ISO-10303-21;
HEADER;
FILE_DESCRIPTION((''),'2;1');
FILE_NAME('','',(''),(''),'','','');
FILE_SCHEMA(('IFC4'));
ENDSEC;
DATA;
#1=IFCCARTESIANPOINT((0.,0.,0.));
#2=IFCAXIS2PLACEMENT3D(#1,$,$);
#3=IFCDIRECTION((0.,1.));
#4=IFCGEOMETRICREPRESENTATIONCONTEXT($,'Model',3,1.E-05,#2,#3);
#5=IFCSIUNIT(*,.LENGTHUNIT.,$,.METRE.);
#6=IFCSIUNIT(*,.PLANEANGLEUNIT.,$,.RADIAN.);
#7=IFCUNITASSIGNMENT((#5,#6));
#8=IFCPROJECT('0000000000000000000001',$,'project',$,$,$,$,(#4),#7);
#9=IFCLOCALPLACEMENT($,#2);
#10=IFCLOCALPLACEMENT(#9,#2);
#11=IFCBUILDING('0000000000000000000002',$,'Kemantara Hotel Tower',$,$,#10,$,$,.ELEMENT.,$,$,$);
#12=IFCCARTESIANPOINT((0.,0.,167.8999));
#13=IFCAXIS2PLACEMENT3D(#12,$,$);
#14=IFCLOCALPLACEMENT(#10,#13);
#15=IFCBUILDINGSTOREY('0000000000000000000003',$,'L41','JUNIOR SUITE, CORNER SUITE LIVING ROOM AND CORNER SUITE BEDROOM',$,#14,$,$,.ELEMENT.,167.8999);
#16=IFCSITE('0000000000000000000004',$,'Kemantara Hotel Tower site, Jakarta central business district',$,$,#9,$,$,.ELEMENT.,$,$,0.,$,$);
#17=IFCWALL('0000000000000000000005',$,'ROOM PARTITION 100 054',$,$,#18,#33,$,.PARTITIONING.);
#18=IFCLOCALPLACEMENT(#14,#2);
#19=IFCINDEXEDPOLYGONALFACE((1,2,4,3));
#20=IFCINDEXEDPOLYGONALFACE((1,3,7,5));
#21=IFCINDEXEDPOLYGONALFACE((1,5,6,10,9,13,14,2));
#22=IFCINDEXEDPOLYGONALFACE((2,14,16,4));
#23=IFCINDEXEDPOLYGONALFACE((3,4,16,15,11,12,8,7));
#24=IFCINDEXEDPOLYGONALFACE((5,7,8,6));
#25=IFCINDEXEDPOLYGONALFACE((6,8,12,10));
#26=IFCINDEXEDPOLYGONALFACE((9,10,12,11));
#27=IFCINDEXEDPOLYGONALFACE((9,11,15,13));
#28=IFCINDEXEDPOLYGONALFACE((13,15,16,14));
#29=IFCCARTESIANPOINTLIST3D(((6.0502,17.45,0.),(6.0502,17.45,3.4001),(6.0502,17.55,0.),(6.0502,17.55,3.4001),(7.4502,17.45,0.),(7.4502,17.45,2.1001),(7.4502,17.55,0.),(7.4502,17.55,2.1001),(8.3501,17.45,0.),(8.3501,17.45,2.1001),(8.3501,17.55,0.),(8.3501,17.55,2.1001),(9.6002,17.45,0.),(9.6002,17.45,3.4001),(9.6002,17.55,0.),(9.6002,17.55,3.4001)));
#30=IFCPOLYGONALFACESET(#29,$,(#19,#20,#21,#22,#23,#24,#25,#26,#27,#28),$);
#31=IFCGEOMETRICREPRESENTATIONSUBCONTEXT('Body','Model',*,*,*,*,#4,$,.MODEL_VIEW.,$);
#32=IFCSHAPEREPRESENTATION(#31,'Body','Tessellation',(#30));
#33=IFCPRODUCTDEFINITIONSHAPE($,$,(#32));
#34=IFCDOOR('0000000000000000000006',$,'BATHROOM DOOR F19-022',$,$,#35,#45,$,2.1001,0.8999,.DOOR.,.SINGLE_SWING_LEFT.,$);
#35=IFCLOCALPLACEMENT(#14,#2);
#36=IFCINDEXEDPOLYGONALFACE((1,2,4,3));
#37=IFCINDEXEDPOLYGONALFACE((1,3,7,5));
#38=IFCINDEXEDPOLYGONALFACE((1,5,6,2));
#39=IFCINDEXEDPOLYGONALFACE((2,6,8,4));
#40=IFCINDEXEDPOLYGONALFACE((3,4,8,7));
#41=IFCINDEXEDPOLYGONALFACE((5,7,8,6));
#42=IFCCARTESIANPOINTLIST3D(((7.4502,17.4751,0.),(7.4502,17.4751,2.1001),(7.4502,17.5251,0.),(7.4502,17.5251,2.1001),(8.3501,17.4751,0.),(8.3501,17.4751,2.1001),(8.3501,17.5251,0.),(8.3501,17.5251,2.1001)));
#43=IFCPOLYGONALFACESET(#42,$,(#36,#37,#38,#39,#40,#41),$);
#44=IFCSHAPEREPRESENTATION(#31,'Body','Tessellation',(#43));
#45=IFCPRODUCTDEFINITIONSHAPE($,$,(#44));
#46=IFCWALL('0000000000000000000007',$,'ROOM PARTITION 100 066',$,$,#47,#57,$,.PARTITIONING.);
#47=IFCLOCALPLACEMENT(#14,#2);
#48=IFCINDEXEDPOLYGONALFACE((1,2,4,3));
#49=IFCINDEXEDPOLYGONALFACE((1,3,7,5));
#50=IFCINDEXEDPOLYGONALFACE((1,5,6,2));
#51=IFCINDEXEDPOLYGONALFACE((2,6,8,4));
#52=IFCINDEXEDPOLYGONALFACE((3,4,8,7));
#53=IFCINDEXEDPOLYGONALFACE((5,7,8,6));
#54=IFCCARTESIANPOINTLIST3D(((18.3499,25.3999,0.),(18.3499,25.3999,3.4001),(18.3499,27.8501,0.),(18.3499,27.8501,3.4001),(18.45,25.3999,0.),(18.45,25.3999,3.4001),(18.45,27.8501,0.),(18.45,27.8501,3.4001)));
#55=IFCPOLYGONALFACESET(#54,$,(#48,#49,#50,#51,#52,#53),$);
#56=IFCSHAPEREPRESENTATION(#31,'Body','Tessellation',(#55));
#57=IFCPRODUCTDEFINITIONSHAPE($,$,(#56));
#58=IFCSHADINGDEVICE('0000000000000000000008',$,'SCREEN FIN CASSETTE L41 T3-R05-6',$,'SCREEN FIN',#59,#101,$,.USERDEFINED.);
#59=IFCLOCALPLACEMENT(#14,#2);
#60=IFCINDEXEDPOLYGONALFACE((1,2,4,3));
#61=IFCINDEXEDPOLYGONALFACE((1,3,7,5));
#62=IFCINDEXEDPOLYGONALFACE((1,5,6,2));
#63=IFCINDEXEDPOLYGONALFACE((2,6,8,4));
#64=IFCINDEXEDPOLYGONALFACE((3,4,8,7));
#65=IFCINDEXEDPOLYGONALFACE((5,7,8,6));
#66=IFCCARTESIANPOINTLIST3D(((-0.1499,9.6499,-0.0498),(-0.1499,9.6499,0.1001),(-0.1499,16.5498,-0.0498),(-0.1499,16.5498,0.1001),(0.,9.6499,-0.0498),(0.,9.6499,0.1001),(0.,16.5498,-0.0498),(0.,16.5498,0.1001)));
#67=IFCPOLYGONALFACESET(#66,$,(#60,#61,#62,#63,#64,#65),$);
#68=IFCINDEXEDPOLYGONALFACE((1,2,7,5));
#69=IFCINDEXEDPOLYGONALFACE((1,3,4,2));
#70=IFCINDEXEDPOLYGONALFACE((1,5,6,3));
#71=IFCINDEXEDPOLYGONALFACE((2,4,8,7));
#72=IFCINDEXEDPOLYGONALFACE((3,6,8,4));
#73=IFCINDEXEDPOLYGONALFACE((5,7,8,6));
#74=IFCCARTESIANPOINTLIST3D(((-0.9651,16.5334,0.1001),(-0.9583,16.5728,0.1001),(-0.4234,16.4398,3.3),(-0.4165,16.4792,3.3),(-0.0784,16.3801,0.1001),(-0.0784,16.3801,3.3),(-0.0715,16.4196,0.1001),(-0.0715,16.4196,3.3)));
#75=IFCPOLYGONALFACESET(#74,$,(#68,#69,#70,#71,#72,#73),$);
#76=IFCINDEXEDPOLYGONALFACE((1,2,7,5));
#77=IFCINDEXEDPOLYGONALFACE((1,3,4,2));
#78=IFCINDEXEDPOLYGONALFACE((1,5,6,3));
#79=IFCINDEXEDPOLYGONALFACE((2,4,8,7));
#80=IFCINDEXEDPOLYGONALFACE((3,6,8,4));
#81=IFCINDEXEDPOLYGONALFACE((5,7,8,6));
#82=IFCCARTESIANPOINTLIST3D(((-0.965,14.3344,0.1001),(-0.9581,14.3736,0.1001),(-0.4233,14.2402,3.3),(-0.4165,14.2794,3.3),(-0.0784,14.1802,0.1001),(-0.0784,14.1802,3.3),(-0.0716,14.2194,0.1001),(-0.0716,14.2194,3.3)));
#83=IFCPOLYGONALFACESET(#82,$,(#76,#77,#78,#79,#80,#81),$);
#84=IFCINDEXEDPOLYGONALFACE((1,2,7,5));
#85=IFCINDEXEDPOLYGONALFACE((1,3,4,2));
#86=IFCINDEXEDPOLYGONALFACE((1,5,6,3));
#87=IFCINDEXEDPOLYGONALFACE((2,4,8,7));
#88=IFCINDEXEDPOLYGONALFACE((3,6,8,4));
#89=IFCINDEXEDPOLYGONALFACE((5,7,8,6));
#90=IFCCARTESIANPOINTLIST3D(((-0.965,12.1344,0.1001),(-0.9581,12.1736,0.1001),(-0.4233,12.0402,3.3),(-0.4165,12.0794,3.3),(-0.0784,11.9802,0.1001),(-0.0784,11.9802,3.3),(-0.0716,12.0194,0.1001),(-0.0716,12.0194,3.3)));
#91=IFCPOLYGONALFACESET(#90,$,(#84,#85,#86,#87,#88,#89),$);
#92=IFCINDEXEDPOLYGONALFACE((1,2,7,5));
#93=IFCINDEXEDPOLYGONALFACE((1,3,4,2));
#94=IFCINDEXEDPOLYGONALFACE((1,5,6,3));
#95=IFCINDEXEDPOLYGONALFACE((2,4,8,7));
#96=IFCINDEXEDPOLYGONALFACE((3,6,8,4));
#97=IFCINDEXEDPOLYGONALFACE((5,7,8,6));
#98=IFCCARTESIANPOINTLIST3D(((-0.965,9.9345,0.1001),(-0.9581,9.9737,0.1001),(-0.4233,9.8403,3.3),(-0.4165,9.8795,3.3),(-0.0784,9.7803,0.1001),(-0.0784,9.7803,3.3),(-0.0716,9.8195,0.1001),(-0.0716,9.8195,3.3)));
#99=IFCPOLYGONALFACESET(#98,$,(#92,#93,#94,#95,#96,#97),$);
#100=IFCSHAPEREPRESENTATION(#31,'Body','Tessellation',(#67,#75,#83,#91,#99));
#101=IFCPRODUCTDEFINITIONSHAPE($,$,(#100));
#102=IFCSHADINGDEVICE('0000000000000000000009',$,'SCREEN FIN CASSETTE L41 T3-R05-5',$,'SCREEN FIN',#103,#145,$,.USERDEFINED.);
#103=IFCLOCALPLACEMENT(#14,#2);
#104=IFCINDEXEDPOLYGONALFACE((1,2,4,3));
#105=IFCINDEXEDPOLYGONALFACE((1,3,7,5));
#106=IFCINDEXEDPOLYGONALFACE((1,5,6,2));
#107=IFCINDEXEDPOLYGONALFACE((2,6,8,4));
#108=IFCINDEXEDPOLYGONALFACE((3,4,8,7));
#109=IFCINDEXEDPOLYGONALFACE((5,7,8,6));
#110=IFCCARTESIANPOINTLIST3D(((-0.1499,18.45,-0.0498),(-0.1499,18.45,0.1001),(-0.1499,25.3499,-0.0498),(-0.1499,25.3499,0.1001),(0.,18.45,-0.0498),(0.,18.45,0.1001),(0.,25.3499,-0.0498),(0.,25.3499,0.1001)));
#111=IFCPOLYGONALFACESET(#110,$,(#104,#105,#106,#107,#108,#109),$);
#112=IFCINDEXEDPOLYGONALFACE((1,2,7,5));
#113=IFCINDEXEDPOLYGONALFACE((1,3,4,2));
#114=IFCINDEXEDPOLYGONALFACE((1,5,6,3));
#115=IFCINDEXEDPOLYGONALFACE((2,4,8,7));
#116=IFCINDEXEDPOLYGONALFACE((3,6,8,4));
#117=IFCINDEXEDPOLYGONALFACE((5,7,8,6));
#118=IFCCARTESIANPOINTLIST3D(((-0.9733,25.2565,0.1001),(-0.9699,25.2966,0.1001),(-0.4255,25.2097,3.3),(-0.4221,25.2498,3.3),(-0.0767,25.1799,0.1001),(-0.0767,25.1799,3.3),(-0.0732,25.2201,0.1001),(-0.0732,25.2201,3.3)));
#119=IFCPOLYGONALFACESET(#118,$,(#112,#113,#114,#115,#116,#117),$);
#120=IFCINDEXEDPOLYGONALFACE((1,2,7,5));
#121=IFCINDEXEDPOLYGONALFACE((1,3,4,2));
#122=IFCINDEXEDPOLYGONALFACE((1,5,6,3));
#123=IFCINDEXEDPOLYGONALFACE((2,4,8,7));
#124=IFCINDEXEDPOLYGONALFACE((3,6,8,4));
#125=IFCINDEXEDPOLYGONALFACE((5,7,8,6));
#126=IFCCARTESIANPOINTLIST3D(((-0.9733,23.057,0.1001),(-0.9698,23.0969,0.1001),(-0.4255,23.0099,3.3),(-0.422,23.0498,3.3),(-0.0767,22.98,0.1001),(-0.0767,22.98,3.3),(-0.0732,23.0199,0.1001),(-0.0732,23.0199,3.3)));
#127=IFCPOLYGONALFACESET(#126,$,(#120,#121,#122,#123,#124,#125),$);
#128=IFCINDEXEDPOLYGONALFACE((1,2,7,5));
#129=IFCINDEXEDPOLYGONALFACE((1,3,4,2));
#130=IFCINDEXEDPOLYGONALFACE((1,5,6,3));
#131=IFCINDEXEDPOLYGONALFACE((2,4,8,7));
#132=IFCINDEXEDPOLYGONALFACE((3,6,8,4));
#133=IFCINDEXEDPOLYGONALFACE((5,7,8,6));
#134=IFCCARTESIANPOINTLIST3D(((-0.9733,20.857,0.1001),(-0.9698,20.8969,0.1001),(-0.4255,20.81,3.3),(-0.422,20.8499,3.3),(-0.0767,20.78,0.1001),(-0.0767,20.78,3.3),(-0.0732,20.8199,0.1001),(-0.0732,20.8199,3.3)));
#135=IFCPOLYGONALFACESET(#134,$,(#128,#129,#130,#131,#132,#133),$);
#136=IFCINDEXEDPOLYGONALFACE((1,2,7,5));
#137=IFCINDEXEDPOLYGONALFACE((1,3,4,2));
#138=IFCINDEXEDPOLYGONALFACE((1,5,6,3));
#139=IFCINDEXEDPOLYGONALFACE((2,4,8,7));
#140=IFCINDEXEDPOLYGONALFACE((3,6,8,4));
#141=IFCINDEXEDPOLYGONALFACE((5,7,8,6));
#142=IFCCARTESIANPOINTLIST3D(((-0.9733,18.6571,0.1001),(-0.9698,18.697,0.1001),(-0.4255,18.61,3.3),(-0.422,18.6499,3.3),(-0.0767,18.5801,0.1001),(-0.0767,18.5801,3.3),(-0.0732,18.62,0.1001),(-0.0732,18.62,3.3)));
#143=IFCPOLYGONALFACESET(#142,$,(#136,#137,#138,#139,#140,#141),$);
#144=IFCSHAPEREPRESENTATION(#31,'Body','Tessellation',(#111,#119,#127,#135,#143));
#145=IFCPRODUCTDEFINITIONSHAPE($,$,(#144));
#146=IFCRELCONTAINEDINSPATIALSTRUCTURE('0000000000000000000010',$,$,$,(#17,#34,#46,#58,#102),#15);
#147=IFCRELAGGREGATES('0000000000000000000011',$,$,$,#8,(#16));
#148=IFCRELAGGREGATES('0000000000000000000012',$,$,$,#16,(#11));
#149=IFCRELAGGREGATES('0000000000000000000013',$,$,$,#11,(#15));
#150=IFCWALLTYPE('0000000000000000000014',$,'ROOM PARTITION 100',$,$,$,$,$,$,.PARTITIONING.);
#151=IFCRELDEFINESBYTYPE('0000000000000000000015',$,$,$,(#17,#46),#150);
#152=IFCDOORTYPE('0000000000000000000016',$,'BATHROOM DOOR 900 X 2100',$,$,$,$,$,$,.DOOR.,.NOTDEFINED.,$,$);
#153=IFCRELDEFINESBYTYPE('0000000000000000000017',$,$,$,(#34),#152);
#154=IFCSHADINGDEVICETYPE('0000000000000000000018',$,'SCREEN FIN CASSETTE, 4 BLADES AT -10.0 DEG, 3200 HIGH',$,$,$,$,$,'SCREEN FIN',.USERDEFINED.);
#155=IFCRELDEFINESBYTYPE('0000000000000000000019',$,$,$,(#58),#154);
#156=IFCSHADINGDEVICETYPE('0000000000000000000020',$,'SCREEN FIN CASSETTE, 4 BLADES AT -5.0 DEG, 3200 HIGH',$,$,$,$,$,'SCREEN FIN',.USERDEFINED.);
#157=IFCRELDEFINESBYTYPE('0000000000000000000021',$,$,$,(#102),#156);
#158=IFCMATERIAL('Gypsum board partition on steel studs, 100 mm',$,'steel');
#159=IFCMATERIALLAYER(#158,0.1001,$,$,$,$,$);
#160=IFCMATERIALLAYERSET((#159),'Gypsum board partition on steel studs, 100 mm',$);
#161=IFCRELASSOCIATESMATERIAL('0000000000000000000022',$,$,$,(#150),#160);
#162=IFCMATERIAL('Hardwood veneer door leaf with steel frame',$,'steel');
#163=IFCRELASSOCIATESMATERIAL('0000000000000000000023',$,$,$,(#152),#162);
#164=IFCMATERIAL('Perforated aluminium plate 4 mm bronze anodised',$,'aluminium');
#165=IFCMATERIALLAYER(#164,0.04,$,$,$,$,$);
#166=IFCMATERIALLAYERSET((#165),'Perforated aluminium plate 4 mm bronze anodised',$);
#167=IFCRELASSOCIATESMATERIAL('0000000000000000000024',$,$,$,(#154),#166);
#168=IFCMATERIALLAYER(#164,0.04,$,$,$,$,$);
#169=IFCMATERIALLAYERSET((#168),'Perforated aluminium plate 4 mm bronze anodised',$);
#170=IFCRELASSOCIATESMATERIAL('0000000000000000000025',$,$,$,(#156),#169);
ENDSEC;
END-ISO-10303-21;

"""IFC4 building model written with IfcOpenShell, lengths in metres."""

from ifc_helpers import new_model, si_unit, direction, frame, frame_2d, origin, origin_2d, place, context, subcontext, project, spatial, polyline, rectangle, outline, extrude, source, transform, mapped, material, layer, layer_set, type_object, element, fill, save


model = new_model("IFC4")

# Units and contexts
model_context = context("Model", 3, precision=1e-05, world=origin(), true_north=direction((0.0, 1.0)))
body_context = subcontext(model_context, "Body", "Model", "MODEL_VIEW")
ifc_project = project(units=[si_unit("LENGTHUNIT", "METRE"), si_unit("PLANEANGLEUNIT", "RADIAN")], contexts=[model_context])

# Site, building, storey
site_placement = place(None, origin())
site = spatial("IfcSite", under=ifc_project, at=site_placement, Name="Kemantara Hotel Tower site, Jakarta central business district", CompositionType="ELEMENT", RefElevation=0.0)
building_placement = place(site_placement, origin())
building = spatial("IfcBuilding", under=site, at=building_placement, Name="Kemantara Hotel Tower", CompositionType="ELEMENT")
storey_placement = place(building_placement, frame((0.0, 0.0, 167.8999)))
storey = spatial("IfcBuildingStorey", under=building, at=storey_placement, Name="L41", Description="JUNIOR SUITE, CORNER SUITE LIVING ROOM AND CORNER SUITE BEDROOM", CompositionType="ELEMENT", Elevation=167.8999)

# Shared definitions
ifc_material_1 = material(Name="Gypsum board partition on steel studs, 100 mm", Category="steel")
ifc_layer_1 = layer(ifc_material_1, 0.1001)
ifc_layer_set_1 = layer_set([ifc_layer_1], Name="Gypsum board partition on steel studs, 100 mm")
wall_type_1 = type_object("IfcWallType", Name="ROOM PARTITION 100", PredefinedType="PARTITIONING", material=ifc_layer_set_1)

# Wall, opening, door
wall_1_placement = place(storey_placement, frame((9.6001, 17.5, 0.0), z_axis=(0.0, 0.0, 1.0), x_axis=(-1.0, 0.0, 0.0)))
wall_1 = element("IfcWall", 1, at=wall_1_placement, inside=storey, type_object=wall_type_1, Name="ROOM PARTITION 100 054", PredefinedType="PARTITIONING", context=body_context, shape_type="SweptSolid", body=[
    extrude(rectangle(XDim=3.55, YDim=0.1001, at=frame_2d((1.7749, 0.0))), origin(), (0.0, 0.0, 1.0), 3.4001),
])
opening_placement = place(wall_1_placement, frame((1.25, 0.0, 0.0)))
opening = element("IfcOpeningElement", 2, at=opening_placement, cuts=wall_1, PredefinedType="OPENING", context=body_context, shape_type="SweptSolid", body=[
    extrude(rectangle(XDim=0.8999, YDim=2.1001, at=frame_2d((0.45, 1.05))), frame((0.0, 0.0601, 0.0), z_axis=(0.0, -1.0, 0.0), x_axis=(1.0, 0.0, 0.0)), (0.0, 0.0, 1.0), 0.1201),
])
ifc_material_2 = material(Name="Hardwood veneer door leaf with steel frame", Category="steel")
door_type = type_object("IfcDoorType", Name="BATHROOM DOOR 900 X 2100", OperationType="NOTDEFINED", PredefinedType="DOOR", material=ifc_material_2)
door_placement = place(opening_placement, origin())
door = element("IfcDoor", 3, at=door_placement, inside=storey, type_object=door_type, Name="BATHROOM DOOR F19-022", OperationType="SINGLE_SWING_LEFT", OverallHeight=2.1001, OverallWidth=0.8999, PredefinedType="DOOR", context=body_context, shape_type="SweptSolid", body=[
    extrude(rectangle(XDim=0.8999, YDim=2.1001, at=frame_2d((0.45, 1.05))), frame((0.0, 0.0249, 0.0), z_axis=(0.0, -1.0, 0.0), x_axis=(1.0, 0.0, 0.0)), (0.0, 0.0, 1.0), 0.05),
])
fill(opening, door)

# Wall
wall_2_placement = place(storey_placement, frame((18.3999, 25.3999, 0.0), z_axis=(0.0, 0.0, 1.0), x_axis=(0.0, 1.0, 0.0)))
element("IfcWall", 4, at=wall_2_placement, inside=storey, type_object=wall_type_1, Name="ROOM PARTITION 100 066", PredefinedType="PARTITIONING", context=body_context, shape_type="SweptSolid", body=[
    extrude(rectangle(XDim=2.4502, YDim=0.1001, at=frame_2d((1.2251, 0.0))), origin(), (0.0, 0.0, 1.0), 3.4001),
])

# Shading devices
ifc_material_3 = material(Name="Perforated aluminium plate 4 mm bronze anodised", Category="aluminium")
ifc_layer_2 = layer(ifc_material_3, 0.04)
ifc_layer_set_2 = layer_set([ifc_layer_2], Name="Perforated aluminium plate 4 mm bronze anodised")
shading_device_type_1 = type_object("IfcShadingDeviceType", Name="SCREEN FIN CASSETTE, 4 BLADES AT -10.0 DEG, 3200 HIGH", ElementType="SCREEN FIN", PredefinedType="USERDEFINED", material=ifc_layer_set_2)
shared_shape_1 = source(origin(), body_context, "Body", "SweptSolid", [
    extrude(rectangle(XDim=6.8999, YDim=0.1499, at=origin_2d()), frame((3.3, -0.075, -0.1499), z_axis=(0.0, 0.0, 1.0), x_axis=(1.0, 0.0, 0.0)), (0.0, 0.0, 1.0), 0.1499),
    extrude(outline(polyline([(0.0, 0.0), (0.8999, 0.0), (0.3501, 3.2), (0.0, 3.2), (0.0, 0.0)])), frame((0.0198, -0.0784, 0.0), z_axis=(-0.98539, 0.170314, 0.0), x_axis=(-0.170314, -0.98539, 0.0)), (0.0, 0.0, 1.0), 0.04),
    extrude(outline(polyline([(0.0, 0.0), (0.8999, 0.0), (0.3501, 3.2), (0.0, 3.2), (0.0, 0.0)])), frame((2.2197, -0.0784, 0.0), z_axis=(-0.985212, 0.171341, 0.0), x_axis=(-0.171341, -0.985212, 0.0)), (0.0, 0.0, 1.0), 0.0398),
    extrude(outline(polyline([(0.0, 0.0), (0.8999, 0.0), (0.3501, 3.2), (0.0, 3.2), (0.0, 0.0)])), frame((4.4197, -0.0784, 0.0), z_axis=(-0.985212, 0.171341, 0.0), x_axis=(-0.171341, -0.985212, 0.0)), (0.0, 0.0, 1.0), 0.0398),
    extrude(outline(polyline([(0.0, 0.0), (0.8999, 0.0), (0.3501, 3.2), (0.0, 3.2), (0.0, 0.0)])), frame((6.6196, -0.0784, 0.0), z_axis=(-0.985212, 0.171341, 0.0), x_axis=(-0.171341, -0.985212, 0.0)), (0.0, 0.0, 1.0), 0.0398),
])
shading_device_1_placement = place(storey_placement, frame((0.0, 16.3999, 0.1001), z_axis=(0.0, 0.0, 1.0), x_axis=(0.0, -1.0, 0.0)))
element("IfcShadingDevice", 5, at=shading_device_1_placement, inside=storey, type_object=shading_device_type_1, Name="SCREEN FIN CASSETTE L41 T3-R05-6", ObjectType="SCREEN FIN", PredefinedType="USERDEFINED", context=body_context, shape_type="MappedRepresentation", body=[
    mapped(shared_shape_1, transform((0.0, 0.0, 0.0))),
])
ifc_layer_3 = layer(ifc_material_3, 0.04)
ifc_layer_set_3 = layer_set([ifc_layer_3], Name="Perforated aluminium plate 4 mm bronze anodised")
shading_device_type_2 = type_object("IfcShadingDeviceType", Name="SCREEN FIN CASSETTE, 4 BLADES AT -5.0 DEG, 3200 HIGH", ElementType="SCREEN FIN", PredefinedType="USERDEFINED", material=ifc_layer_set_3)
shared_shape_2 = source(origin(), body_context, "Body", "SweptSolid", [
    extrude(rectangle(XDim=6.8999, YDim=0.1499, at=origin_2d()), frame((3.3, -0.075, -0.1499), z_axis=(0.0, 0.0, 1.0), x_axis=(1.0, 0.0, 0.0)), (0.0, 0.0, 1.0), 0.1499),
    extrude(outline(polyline([(0.0, 0.0), (0.8999, 0.0), (0.3501, 3.2), (0.0, 3.2), (0.0, 0.0)])), frame((0.02, -0.0767, 0.0), z_axis=(-0.996376, 0.085056, 0.0), x_axis=(-0.085056, -0.996376, 0.0)), (0.0, 0.0, 1.0), 0.0403),
    extrude(outline(polyline([(0.0, 0.0), (0.8999, 0.0), (0.3501, 3.2), (0.0, 3.2), (0.0, 0.0)])), frame((2.22, -0.0767, 0.0), z_axis=(-0.996332, 0.085575, 0.0), x_axis=(-0.085575, -0.996332, 0.0)), (0.0, 0.0, 1.0), 0.04),
    extrude(outline(polyline([(0.0, 0.0), (0.8999, 0.0), (0.3501, 3.2), (0.0, 3.2), (0.0, 0.0)])), frame((4.4199, -0.0767, 0.0), z_axis=(-0.996332, 0.085575, 0.0), x_axis=(-0.085575, -0.996332, 0.0)), (0.0, 0.0, 1.0), 0.04),
    extrude(outline(polyline([(0.0, 0.0), (0.8999, 0.0), (0.3501, 3.2), (0.0, 3.2), (0.0, 0.0)])), frame((6.6199, -0.0767, 0.0), z_axis=(-0.996332, 0.085575, 0.0), x_axis=(-0.085575, -0.996332, 0.0)), (0.0, 0.0, 1.0), 0.04),
])
shading_device_2_placement = place(storey_placement, frame((0.0, 25.2, 0.1001), z_axis=(0.0, 0.0, 1.0), x_axis=(0.0, -1.0, 0.0)))
element("IfcShadingDevice", 6, at=shading_device_2_placement, inside=storey, type_object=shading_device_type_2, Name="SCREEN FIN CASSETTE L41 T3-R05-5", ObjectType="SCREEN FIN", PredefinedType="USERDEFINED", context=body_context, shape_type="MappedRepresentation", body=[
    mapped(shared_shape_2, transform((0.0, 0.0, 0.0))),
])

save(model, "model.ifc")
